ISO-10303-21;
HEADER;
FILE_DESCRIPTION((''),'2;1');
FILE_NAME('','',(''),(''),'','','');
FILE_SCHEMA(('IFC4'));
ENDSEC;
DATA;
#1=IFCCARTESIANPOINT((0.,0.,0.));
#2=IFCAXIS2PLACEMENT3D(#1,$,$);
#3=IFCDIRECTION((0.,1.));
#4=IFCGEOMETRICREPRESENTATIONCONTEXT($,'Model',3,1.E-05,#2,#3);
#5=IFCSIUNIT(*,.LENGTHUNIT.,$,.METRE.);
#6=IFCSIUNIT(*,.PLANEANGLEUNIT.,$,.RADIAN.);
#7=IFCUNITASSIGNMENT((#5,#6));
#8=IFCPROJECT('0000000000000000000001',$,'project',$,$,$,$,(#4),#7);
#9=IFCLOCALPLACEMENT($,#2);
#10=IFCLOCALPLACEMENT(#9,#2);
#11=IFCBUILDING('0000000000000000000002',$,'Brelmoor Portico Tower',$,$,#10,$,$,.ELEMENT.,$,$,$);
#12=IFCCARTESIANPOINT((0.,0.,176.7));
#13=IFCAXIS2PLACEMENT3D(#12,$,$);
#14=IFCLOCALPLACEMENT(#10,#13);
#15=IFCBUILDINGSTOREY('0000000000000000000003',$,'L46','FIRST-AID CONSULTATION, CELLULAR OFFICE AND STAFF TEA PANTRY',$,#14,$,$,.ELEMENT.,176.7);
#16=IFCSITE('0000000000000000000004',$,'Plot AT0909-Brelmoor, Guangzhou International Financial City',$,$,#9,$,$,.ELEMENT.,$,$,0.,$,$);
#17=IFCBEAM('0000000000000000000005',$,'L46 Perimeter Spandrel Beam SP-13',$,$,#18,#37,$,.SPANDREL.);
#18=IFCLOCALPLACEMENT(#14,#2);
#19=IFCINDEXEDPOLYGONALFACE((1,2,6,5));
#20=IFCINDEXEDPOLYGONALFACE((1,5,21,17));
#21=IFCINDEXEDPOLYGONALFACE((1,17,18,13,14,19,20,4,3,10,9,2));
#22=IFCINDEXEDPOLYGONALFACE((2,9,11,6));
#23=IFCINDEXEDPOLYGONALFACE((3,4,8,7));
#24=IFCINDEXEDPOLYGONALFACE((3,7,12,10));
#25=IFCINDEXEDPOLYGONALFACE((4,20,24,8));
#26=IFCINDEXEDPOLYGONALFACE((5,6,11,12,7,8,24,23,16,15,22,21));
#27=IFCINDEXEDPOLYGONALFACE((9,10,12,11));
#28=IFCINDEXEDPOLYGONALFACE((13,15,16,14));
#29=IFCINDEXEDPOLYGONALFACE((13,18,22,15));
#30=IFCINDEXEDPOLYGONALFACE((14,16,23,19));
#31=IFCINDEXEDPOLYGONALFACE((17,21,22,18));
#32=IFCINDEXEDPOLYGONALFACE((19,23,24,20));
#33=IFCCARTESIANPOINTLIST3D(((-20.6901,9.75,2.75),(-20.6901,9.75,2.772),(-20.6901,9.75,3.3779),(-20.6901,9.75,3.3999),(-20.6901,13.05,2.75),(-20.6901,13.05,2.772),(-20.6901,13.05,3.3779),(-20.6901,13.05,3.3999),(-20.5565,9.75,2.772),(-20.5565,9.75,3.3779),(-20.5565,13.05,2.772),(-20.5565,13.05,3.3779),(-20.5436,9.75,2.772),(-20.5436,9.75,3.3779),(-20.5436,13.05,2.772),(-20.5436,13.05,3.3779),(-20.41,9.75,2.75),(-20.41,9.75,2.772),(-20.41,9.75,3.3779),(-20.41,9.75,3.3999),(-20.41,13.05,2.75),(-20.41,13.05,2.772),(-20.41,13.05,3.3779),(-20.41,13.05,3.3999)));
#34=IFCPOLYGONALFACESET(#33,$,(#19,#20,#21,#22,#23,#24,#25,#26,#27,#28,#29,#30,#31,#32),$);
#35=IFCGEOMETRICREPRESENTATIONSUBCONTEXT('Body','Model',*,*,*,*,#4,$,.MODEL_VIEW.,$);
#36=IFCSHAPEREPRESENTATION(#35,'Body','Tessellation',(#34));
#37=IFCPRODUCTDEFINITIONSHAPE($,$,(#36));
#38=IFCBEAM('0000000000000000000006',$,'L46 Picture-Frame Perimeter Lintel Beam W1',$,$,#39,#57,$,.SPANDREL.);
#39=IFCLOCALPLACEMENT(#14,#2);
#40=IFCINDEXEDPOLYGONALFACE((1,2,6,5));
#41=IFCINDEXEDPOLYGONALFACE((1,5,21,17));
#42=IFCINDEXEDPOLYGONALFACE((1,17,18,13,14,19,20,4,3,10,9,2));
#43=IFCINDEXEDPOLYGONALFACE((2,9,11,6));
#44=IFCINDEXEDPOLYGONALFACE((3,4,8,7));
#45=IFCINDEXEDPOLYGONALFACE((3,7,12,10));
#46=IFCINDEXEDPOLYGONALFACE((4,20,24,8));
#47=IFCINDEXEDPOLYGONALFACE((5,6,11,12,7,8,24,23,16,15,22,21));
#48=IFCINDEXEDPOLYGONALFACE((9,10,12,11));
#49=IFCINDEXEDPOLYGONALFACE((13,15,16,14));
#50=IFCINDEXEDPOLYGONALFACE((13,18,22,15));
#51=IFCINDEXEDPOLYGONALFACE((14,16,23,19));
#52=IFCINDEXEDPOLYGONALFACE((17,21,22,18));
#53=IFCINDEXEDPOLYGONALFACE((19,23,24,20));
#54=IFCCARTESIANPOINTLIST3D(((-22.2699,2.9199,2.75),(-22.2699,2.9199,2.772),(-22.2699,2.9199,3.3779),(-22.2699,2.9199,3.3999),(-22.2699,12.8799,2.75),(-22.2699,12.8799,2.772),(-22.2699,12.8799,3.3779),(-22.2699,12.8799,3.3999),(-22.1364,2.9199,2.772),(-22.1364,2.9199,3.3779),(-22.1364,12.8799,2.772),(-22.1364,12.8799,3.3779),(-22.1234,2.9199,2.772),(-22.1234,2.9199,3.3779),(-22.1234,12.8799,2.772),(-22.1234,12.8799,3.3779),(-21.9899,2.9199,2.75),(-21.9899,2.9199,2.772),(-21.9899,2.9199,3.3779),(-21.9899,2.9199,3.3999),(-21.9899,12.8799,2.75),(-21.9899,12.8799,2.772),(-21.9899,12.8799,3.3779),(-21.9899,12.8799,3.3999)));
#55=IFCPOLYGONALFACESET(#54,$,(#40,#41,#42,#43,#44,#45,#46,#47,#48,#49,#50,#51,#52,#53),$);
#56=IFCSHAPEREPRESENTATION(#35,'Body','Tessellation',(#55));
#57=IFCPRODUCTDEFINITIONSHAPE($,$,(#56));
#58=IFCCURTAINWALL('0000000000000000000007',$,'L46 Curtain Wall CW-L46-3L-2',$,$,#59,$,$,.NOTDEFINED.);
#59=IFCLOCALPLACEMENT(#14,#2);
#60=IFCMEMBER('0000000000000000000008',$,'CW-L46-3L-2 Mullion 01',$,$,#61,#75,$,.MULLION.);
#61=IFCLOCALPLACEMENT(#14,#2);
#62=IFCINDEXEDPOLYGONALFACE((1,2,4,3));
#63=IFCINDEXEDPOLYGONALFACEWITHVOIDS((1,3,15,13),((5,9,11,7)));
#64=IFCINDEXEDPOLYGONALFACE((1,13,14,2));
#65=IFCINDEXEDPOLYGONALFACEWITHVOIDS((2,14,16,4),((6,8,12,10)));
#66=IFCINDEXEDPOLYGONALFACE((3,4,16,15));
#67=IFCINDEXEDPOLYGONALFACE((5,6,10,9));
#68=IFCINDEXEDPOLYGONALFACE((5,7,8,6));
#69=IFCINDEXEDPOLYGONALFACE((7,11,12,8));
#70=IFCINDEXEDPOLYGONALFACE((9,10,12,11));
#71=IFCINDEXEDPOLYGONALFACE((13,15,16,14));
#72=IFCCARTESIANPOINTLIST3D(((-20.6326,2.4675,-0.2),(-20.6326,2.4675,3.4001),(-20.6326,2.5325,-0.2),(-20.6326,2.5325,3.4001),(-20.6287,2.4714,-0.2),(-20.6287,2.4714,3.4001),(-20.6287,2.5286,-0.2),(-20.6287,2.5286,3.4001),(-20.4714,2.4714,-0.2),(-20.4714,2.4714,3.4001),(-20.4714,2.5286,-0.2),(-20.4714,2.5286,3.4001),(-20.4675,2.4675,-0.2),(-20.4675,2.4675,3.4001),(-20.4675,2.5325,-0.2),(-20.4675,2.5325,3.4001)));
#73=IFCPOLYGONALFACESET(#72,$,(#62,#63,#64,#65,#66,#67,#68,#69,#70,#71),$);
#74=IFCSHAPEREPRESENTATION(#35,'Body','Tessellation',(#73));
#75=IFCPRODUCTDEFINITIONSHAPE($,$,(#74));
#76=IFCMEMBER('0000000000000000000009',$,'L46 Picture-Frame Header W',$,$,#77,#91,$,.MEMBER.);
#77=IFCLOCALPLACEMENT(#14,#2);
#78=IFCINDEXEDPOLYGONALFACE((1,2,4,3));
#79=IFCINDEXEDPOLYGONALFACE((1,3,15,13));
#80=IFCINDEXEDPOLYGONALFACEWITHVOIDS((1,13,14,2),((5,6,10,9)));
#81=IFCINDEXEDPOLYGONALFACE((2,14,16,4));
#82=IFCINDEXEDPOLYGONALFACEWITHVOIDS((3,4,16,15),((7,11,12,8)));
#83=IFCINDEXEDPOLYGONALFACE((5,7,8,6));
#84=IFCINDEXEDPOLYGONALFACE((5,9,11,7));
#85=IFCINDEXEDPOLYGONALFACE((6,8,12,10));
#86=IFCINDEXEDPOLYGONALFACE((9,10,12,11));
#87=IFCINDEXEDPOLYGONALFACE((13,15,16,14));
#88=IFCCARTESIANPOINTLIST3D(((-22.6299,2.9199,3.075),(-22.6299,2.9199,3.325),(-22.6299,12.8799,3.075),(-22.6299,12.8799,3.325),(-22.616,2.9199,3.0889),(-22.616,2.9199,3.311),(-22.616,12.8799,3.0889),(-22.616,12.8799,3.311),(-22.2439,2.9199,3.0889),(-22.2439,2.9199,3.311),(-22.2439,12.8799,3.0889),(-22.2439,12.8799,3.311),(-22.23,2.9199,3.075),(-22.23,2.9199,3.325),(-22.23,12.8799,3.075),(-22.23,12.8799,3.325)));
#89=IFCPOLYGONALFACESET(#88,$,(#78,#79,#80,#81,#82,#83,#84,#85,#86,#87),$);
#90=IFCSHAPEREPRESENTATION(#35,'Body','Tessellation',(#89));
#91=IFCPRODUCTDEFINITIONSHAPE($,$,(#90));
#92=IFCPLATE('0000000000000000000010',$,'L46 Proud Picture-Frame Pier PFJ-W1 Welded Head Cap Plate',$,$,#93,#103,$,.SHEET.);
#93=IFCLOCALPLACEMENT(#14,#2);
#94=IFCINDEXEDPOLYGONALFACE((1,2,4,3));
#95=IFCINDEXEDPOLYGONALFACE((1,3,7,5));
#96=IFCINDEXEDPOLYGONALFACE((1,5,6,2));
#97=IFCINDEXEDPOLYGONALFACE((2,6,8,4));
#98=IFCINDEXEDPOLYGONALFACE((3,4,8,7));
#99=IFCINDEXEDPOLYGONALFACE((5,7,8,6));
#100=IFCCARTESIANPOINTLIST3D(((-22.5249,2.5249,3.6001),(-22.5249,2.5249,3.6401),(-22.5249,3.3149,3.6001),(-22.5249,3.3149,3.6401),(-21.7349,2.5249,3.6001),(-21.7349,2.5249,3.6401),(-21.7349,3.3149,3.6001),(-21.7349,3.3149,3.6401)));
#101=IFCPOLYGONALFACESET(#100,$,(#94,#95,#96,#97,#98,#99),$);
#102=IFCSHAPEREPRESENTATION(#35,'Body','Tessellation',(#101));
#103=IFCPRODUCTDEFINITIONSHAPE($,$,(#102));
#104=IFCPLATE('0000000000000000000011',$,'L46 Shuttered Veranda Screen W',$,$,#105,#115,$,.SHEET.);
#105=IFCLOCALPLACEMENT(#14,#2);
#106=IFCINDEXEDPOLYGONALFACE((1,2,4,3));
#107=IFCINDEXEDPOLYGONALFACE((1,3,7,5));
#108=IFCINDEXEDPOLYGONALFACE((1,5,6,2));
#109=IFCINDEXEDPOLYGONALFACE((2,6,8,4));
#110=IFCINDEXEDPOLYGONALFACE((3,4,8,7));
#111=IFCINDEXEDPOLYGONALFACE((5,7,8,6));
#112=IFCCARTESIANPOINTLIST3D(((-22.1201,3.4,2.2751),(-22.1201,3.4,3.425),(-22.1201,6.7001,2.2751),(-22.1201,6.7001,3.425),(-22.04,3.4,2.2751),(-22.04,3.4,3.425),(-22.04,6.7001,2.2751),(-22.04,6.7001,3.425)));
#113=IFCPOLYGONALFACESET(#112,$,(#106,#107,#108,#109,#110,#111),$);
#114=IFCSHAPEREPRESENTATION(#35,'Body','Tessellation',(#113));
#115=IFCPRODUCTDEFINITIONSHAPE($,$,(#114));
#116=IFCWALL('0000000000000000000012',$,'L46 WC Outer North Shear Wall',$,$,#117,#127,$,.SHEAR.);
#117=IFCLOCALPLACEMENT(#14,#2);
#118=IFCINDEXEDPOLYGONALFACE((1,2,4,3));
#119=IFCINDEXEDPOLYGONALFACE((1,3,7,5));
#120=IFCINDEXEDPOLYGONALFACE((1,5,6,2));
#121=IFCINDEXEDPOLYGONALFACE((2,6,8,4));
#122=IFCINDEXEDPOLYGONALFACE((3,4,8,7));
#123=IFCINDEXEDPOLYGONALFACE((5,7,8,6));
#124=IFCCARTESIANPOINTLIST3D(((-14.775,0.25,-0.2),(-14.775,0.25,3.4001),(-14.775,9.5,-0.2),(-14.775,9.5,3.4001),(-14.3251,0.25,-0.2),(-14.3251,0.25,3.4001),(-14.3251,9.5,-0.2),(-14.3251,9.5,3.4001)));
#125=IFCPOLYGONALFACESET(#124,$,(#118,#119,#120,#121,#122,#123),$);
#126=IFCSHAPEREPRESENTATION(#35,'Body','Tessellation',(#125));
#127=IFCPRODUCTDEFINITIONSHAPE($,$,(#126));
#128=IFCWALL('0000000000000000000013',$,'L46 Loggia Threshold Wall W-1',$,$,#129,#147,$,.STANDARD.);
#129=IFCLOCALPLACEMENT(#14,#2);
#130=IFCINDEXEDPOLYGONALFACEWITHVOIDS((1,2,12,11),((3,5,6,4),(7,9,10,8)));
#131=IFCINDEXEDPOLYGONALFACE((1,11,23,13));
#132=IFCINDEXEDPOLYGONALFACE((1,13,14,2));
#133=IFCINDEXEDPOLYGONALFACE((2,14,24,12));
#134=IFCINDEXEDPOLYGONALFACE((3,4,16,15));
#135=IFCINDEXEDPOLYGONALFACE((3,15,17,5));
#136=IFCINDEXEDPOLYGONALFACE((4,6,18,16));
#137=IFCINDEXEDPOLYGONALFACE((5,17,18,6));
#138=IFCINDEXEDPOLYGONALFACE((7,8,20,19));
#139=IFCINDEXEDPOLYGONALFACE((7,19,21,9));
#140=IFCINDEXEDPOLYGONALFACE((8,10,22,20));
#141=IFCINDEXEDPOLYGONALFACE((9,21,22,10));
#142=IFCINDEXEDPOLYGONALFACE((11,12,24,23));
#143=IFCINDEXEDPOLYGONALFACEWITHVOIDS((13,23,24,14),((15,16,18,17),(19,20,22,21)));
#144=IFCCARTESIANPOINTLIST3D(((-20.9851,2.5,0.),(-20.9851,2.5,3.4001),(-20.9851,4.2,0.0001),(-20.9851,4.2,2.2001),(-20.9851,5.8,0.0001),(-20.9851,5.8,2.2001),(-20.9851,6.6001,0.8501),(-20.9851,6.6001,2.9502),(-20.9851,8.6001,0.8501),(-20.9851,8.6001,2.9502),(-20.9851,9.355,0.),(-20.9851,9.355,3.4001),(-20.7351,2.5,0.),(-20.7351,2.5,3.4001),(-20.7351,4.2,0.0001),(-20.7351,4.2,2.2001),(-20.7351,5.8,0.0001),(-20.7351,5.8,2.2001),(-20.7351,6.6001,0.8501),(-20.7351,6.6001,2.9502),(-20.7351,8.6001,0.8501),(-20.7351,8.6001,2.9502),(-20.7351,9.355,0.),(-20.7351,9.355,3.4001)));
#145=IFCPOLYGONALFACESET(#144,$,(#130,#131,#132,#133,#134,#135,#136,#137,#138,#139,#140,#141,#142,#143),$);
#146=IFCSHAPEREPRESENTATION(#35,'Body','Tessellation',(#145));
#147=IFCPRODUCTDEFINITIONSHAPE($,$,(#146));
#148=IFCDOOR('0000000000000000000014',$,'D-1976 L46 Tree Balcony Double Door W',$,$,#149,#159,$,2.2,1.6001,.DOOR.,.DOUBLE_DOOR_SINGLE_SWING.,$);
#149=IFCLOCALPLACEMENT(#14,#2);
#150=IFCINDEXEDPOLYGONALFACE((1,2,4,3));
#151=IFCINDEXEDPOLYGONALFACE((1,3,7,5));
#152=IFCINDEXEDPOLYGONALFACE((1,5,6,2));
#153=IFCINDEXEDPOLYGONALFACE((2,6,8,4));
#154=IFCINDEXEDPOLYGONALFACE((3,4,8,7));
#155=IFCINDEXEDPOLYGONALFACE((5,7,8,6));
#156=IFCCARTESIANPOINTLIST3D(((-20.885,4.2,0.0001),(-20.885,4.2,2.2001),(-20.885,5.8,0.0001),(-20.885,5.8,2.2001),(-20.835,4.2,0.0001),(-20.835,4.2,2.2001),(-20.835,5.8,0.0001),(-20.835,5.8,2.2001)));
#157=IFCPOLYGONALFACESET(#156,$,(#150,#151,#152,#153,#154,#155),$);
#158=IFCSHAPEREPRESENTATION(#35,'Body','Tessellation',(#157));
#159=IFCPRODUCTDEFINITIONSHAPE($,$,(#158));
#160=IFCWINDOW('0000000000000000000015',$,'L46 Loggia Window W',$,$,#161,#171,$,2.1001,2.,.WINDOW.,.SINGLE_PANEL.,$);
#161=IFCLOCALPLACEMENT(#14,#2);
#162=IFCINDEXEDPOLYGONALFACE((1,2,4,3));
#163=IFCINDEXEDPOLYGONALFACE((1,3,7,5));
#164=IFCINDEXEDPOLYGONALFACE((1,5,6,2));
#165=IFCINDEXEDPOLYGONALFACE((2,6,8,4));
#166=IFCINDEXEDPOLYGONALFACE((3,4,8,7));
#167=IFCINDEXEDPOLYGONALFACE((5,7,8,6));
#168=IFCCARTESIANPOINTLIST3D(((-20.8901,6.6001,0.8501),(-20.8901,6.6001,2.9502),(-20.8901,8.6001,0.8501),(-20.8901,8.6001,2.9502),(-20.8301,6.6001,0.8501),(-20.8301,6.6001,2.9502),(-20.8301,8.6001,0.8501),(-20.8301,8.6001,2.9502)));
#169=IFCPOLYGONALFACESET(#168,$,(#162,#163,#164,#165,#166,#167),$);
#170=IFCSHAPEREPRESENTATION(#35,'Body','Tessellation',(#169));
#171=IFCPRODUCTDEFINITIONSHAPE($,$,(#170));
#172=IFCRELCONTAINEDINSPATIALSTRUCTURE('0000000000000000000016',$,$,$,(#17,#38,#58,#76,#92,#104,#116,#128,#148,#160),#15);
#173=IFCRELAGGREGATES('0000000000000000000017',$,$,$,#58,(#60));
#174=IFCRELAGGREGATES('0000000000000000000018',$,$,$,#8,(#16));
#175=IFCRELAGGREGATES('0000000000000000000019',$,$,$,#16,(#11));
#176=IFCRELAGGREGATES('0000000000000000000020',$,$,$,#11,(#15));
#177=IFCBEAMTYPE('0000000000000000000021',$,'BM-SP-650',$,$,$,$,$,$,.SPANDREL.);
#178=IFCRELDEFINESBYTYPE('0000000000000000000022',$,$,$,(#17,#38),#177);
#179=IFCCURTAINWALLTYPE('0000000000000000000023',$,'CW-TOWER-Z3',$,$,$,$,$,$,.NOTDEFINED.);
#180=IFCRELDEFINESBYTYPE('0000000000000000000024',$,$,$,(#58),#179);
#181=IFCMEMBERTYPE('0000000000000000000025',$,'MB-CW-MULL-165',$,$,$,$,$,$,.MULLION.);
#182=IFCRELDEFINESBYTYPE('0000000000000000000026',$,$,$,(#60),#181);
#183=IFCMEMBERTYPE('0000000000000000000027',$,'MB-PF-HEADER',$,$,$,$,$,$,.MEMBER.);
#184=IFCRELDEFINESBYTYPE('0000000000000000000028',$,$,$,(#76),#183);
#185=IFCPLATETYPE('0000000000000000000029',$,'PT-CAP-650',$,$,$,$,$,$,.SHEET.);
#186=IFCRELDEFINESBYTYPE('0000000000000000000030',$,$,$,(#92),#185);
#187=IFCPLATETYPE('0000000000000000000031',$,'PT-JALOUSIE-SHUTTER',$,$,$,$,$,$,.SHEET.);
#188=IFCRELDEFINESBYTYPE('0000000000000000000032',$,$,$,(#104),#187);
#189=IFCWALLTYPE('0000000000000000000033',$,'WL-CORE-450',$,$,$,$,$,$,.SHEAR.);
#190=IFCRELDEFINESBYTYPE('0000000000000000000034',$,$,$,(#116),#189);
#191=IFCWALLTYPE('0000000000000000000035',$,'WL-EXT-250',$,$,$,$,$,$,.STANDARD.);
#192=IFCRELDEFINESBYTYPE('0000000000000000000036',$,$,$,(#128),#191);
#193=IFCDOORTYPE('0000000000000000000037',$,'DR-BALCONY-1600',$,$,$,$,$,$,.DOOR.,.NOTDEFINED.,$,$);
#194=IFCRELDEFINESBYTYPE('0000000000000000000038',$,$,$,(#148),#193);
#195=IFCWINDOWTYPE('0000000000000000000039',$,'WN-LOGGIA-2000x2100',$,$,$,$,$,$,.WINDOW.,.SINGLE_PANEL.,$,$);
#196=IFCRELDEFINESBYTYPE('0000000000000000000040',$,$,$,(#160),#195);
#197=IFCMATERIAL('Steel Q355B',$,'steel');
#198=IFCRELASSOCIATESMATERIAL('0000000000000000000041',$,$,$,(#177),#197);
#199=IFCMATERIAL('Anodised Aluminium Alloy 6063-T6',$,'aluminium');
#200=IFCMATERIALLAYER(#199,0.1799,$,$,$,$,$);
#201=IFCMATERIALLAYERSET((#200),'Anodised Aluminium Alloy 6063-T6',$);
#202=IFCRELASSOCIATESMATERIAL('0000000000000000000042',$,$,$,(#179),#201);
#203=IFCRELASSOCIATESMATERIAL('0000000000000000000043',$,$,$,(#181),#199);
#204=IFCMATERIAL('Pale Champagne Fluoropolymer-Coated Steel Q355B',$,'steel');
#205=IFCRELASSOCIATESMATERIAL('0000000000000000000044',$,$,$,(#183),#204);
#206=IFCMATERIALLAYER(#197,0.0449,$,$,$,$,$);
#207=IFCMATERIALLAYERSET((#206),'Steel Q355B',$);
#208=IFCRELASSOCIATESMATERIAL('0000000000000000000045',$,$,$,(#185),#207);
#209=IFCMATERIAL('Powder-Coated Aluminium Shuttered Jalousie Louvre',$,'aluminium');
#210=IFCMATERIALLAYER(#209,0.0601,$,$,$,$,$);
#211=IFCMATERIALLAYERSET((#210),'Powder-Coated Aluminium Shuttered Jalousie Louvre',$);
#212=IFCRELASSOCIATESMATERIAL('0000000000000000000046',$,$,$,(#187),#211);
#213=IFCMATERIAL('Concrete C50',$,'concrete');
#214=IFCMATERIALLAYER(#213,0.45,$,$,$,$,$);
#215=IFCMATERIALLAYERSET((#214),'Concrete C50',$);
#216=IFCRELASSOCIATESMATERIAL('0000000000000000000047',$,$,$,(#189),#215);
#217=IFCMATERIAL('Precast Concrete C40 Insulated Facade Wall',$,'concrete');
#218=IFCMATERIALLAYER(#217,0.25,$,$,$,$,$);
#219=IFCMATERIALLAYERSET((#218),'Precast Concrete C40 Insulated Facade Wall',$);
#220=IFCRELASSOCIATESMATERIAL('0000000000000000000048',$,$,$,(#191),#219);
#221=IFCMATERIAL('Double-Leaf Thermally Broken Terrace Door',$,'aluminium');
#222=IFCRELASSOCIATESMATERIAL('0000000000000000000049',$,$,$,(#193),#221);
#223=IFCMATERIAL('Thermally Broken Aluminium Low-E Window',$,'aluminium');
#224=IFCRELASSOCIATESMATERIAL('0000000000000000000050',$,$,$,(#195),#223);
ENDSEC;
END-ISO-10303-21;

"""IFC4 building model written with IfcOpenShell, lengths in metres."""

from ifc_helpers import new_model, si_unit, direction, frame, frame_2d, origin, origin_2d, place, context, subcontext, project, spatial, rectangle, hollow_rectangle, i_section, extrude, material, layer, layer_set, material_profile, profile_set, type_object, element, fill, aggregate, save


model = new_model("IFC4")

# Units and contexts
model_context = context("Model", 3, precision=1e-05, world=origin(), true_north=direction((0.0, 1.0)))
body_context = subcontext(model_context, "Body", "Model", "MODEL_VIEW")
ifc_project = project(units=[si_unit("LENGTHUNIT", "METRE"), si_unit("PLANEANGLEUNIT", "RADIAN")], contexts=[model_context])

# Site, building, storey
site_placement = place(None, origin())
site = spatial("IfcSite", under=ifc_project, at=site_placement, Name="Plot AT0909-Brelmoor, Guangzhou International Financial City", CompositionType="ELEMENT", RefElevation=0.0)
building_placement = place(site_placement, origin())
building = spatial("IfcBuilding", under=site, at=building_placement, Name="Brelmoor Portico Tower", CompositionType="ELEMENT")
storey_placement = place(building_placement, frame((0.0, 0.0, 176.7)))
storey = spatial("IfcBuildingStorey", under=building, at=storey_placement, Name="L46", Description="FIRST-AID CONSULTATION, CELLULAR OFFICE AND STAFF TEA PANTRY", CompositionType="ELEMENT", Elevation=176.7)

# Shared definitions
ifc_material_1 = material(Name="Steel Q355B", Category="steel")

# Beams
ifc_material_profile_1 = material_profile(ifc_material_1, i_section(OverallWidth=0.28, OverallDepth=0.6499, WebThickness=0.0129, FlangeThickness=0.022, at=origin_2d()), Name="HN 650x280x13x22")
ifc_profile_set_1 = profile_set([ifc_material_profile_1], Name="Steel Q355B")
beam_type_1 = type_object("IfcBeamType", Name="BM-SP-650", PredefinedType="SPANDREL", material=ifc_profile_set_1)
beam_1_placement = place(storey_placement, frame((-20.55, 9.75, 3.075), z_axis=(0.0, 1.0, 0.0), x_axis=(-1.0, 0.0, 0.0)))
element("IfcBeam", 1, at=beam_1_placement, inside=storey, type_object=beam_type_1, Name="L46 Perimeter Spandrel Beam SP-13", PredefinedType="SPANDREL", context=body_context, shape_type="SweptSolid", body=[
    extrude(i_section(OverallWidth=0.28, OverallDepth=0.6499, WebThickness=0.0129, FlangeThickness=0.022, at=origin_2d()), origin(), (0.0, 0.0, 1.0), 3.3),
])
beam_2_placement = place(storey_placement, frame((-22.1299, 2.9199, 3.075), z_axis=(0.0, 1.0, 0.0), x_axis=(-1.0, 0.0, 0.0)))
element("IfcBeam", 2, at=beam_2_placement, inside=storey, type_object=beam_type_1, Name="L46 Picture-Frame Perimeter Lintel Beam W1", PredefinedType="SPANDREL", context=body_context, shape_type="SweptSolid", body=[
    extrude(i_section(OverallWidth=0.28, OverallDepth=0.6499, WebThickness=0.0129, FlangeThickness=0.022, at=origin_2d()), origin(), (0.0, 0.0, 1.0), 9.96),
])

# Curtain wall, member
ifc_material_2 = material(Name="Anodised Aluminium Alloy 6063-T6", Category="aluminium")
ifc_layer_1 = layer(ifc_material_2, 0.1799)
ifc_layer_set_1 = layer_set([ifc_layer_1], Name="Anodised Aluminium Alloy 6063-T6")
curtain_wall_type = type_object("IfcCurtainWallType", Name="CW-TOWER-Z3", PredefinedType="NOTDEFINED", material=ifc_layer_set_1)
curtain_wall_placement = place(storey_placement, origin())
curtain_wall = element("IfcCurtainWall", 3, at=curtain_wall_placement, inside=storey, type_object=curtain_wall_type, Name="L46 Curtain Wall CW-L46-3L-2", PredefinedType="NOTDEFINED")
ifc_material_profile_2 = material_profile(ifc_material_2, hollow_rectangle(XDim=0.0649, YDim=0.165, WallThickness=0.0039, at=origin_2d()), Name="ALU MULLION 65x165")
ifc_profile_set_2 = profile_set([ifc_material_profile_2], Name="Anodised Aluminium Alloy 6063-T6")
member_type_1 = type_object("IfcMemberType", Name="MB-CW-MULL-165", PredefinedType="MULLION", material=ifc_profile_set_2)
member_1_placement = place(storey_placement, frame((-20.55, 2.5, -0.2), z_axis=(0.0, 0.0, 1.0), x_axis=(0.0, 1.0, 0.0)))
member_1 = element("IfcMember", 4, at=member_1_placement, type_object=member_type_1, Name="CW-L46-3L-2 Mullion 01", PredefinedType="MULLION", context=body_context, shape_type="SweptSolid", body=[
    extrude(hollow_rectangle(XDim=0.0649, YDim=0.165, WallThickness=0.0039, at=origin_2d()), origin(), (0.0, 0.0, 1.0), 3.6001),
])
aggregate(curtain_wall, [member_1])

# Member
ifc_material_3 = material(Name="Pale Champagne Fluoropolymer-Coated Steel Q355B", Category="steel")
ifc_material_profile_3 = material_profile(ifc_material_3, hollow_rectangle(XDim=0.25, YDim=0.3999, WallThickness=0.0139, at=origin_2d()), Name="RHS 250x400x14")
ifc_profile_set_3 = profile_set([ifc_material_profile_3], Name="Pale Champagne Fluoropolymer-Coated Steel Q355B")
member_type_2 = type_object("IfcMemberType", Name="MB-PF-HEADER", PredefinedType="MEMBER", material=ifc_profile_set_3)
member_2_placement = place(storey_placement, frame((-22.4299, 2.9199, 3.2), z_axis=(0.0, 1.0, 0.0), x_axis=(0.0, 0.0, 1.0)))
element("IfcMember", 5, at=member_2_placement, inside=storey, type_object=member_type_2, Name="L46 Picture-Frame Header W", PredefinedType="MEMBER", context=body_context, shape_type="SweptSolid", body=[
    extrude(hollow_rectangle(XDim=0.25, YDim=0.3999, WallThickness=0.0139, at=origin_2d()), origin(), (0.0, 0.0, 1.0), 9.96),
])

# Plates
ifc_layer_2 = layer(ifc_material_1, 0.0449)
ifc_layer_set_2 = layer_set([ifc_layer_2], Name="Steel Q355B")
plate_type_1 = type_object("IfcPlateType", Name="PT-CAP-650", PredefinedType="SHEET", material=ifc_layer_set_2)
plate_1_placement = place(storey_placement, frame((-22.1299, 2.9199, 3.6001), z_axis=(0.0, 0.0, 1.0), x_axis=(0.0, 1.0, 0.0)))
element("IfcPlate", 6, at=plate_1_placement, inside=storey, type_object=plate_type_1, Name="L46 Proud Picture-Frame Pier PFJ-W1 Welded Head Cap Plate", PredefinedType="SHEET", context=body_context, shape_type="SweptSolid", body=[
    extrude(rectangle(XDim=0.79, YDim=0.79, at=origin_2d()), origin(), (0.0, 0.0, 1.0), 0.04),
])
ifc_material_4 = material(Name="Powder-Coated Aluminium Shuttered Jalousie Louvre", Category="aluminium")
ifc_layer_3 = layer(ifc_material_4, 0.0601)
ifc_layer_set_3 = layer_set([ifc_layer_3], Name="Powder-Coated Aluminium Shuttered Jalousie Louvre")
plate_type_2 = type_object("IfcPlateType", Name="PT-JALOUSIE-SHUTTER", PredefinedType="SHEET", material=ifc_layer_set_3)
plate_2_placement = place(storey_placement, frame((-22.0801, 5.05, 2.2751), z_axis=(0.0, 0.0, 1.0), x_axis=(0.0, 1.0, 0.0)))
element("IfcPlate", 7, at=plate_2_placement, inside=storey, type_object=plate_type_2, Name="L46 Shuttered Veranda Screen W", PredefinedType="SHEET", context=body_context, shape_type="SweptSolid", body=[
    extrude(rectangle(XDim=3.3, YDim=0.0801, at=origin_2d()), origin(), (0.0, 0.0, 1.0), 1.1499),
])

# Wall
ifc_material_5 = material(Name="Concrete C50", Category="concrete")
ifc_layer_4 = layer(ifc_material_5, 0.45)
ifc_layer_set_4 = layer_set([ifc_layer_4], Name="Concrete C50")
wall_type_1 = type_object("IfcWallType", Name="WL-CORE-450", PredefinedType="SHEAR", material=ifc_layer_set_4)
wall_1_placement = place(storey_placement, frame((-14.55, 0.25, -0.2), z_axis=(0.0, 0.0, 1.0), x_axis=(0.0, 1.0, 0.0)))
element("IfcWall", 8, at=wall_1_placement, inside=storey, type_object=wall_type_1, Name="L46 WC Outer North Shear Wall", PredefinedType="SHEAR", context=body_context, shape_type="SweptSolid", body=[
    extrude(rectangle(XDim=9.25, YDim=0.45, at=frame_2d((4.625, 0.0))), origin(), (0.0, 0.0, 1.0), 3.6001),
])

# Wall, openings, door, window
ifc_material_6 = material(Name="Precast Concrete C40 Insulated Facade Wall", Category="concrete")
ifc_layer_5 = layer(ifc_material_6, 0.25)
ifc_layer_set_5 = layer_set([ifc_layer_5], Name="Precast Concrete C40 Insulated Facade Wall")
wall_type_2 = type_object("IfcWallType", Name="WL-EXT-250", PredefinedType="STANDARD", material=ifc_layer_set_5)
wall_2_placement = place(storey_placement, frame((-20.8601, 2.5, 0.0), z_axis=(0.0, 0.0, 1.0), x_axis=(0.0, 1.0, 0.0)))
wall_2 = element("IfcWall", 9, at=wall_2_placement, inside=storey, type_object=wall_type_2, Name="L46 Loggia Threshold Wall W-1", PredefinedType="STANDARD", context=body_context, shape_type="SweptSolid", body=[
    extrude(rectangle(XDim=6.855, YDim=0.25, at=frame_2d((3.4275, 0.0))), origin(), (0.0, 0.0, 1.0), 3.4001),
])
opening_1_placement = place(wall_2_placement, frame((1.7, 0.0, 0.0)))
opening_1 = element("IfcOpeningElement", 10, at=opening_1_placement, cuts=wall_2, PredefinedType="OPENING", context=body_context, shape_type="SweptSolid", body=[
    extrude(rectangle(XDim=1.6001, YDim=2.2, at=frame_2d((0.8, 1.1001))), frame((0.0, 0.135, 0.0), z_axis=(0.0, -1.0, 0.0), x_axis=(1.0, 0.0, 0.0)), (0.0, 0.0, 1.0), 0.27),
])
opening_2_placement = place(wall_2_placement, frame((4.1001, 0.0, 0.8501)))
opening_2 = element("IfcOpeningElement", 11, at=opening_2_placement, cuts=wall_2, PredefinedType="OPENING", context=body_context, shape_type="SweptSolid", body=[
    extrude(rectangle(XDim=2.0, YDim=2.1001, at=frame_2d((1.0, 1.05))), frame((0.0, 0.135, 0.0), z_axis=(0.0, -1.0, 0.0), x_axis=(1.0, 0.0, 0.0)), (0.0, 0.0, 1.0), 0.27),
])
ifc_material_7 = material(Name="Double-Leaf Thermally Broken Terrace Door", Category="aluminium")
door_type_1 = type_object("IfcDoorType", Name="DR-BALCONY-1600", OperationType="NOTDEFINED", PredefinedType="DOOR", material=ifc_material_7)
door_1_placement = place(opening_1_placement, origin())
door_1 = element("IfcDoor", 12, at=door_1_placement, inside=storey, type_object=door_type_1, Name="D-1976 L46 Tree Balcony Double Door W", OperationType="DOUBLE_DOOR_SINGLE_SWING", OverallHeight=2.2, OverallWidth=1.6001, PredefinedType="DOOR", context=body_context, shape_type="SweptSolid", body=[
    extrude(rectangle(XDim=1.6001, YDim=2.2, at=frame_2d((0.8, 1.1001))), frame((0.0, 0.0249, 0.0), z_axis=(0.0, -1.0, 0.0), x_axis=(1.0, 0.0, 0.0)), (0.0, 0.0, 1.0), 0.05),
])
fill(opening_1, door_1)
ifc_material_8 = material(Name="Thermally Broken Aluminium Low-E Window", Category="aluminium")
window_type = type_object("IfcWindowType", Name="WN-LOGGIA-2000x2100", PartitioningType="SINGLE_PANEL", PredefinedType="WINDOW", material=ifc_material_8)
window_placement = place(opening_2_placement, origin())
window = element("IfcWindow", 13, at=window_placement, inside=storey, type_object=window_type, Name="L46 Loggia Window W", OverallHeight=2.1001, OverallWidth=2.0, PartitioningType="SINGLE_PANEL", PredefinedType="WINDOW", context=body_context, shape_type="SweptSolid", body=[
    extrude(rectangle(XDim=2.0, YDim=2.1001, at=frame_2d((1.0, 1.05))), frame((0.0, 0.03, 0.0), z_axis=(0.0, -1.0, 0.0), x_axis=(1.0, 0.0, 0.0)), (0.0, 0.0, 1.0), 0.0601),
])
fill(opening_2, window)

save(model, "model.ifc")
